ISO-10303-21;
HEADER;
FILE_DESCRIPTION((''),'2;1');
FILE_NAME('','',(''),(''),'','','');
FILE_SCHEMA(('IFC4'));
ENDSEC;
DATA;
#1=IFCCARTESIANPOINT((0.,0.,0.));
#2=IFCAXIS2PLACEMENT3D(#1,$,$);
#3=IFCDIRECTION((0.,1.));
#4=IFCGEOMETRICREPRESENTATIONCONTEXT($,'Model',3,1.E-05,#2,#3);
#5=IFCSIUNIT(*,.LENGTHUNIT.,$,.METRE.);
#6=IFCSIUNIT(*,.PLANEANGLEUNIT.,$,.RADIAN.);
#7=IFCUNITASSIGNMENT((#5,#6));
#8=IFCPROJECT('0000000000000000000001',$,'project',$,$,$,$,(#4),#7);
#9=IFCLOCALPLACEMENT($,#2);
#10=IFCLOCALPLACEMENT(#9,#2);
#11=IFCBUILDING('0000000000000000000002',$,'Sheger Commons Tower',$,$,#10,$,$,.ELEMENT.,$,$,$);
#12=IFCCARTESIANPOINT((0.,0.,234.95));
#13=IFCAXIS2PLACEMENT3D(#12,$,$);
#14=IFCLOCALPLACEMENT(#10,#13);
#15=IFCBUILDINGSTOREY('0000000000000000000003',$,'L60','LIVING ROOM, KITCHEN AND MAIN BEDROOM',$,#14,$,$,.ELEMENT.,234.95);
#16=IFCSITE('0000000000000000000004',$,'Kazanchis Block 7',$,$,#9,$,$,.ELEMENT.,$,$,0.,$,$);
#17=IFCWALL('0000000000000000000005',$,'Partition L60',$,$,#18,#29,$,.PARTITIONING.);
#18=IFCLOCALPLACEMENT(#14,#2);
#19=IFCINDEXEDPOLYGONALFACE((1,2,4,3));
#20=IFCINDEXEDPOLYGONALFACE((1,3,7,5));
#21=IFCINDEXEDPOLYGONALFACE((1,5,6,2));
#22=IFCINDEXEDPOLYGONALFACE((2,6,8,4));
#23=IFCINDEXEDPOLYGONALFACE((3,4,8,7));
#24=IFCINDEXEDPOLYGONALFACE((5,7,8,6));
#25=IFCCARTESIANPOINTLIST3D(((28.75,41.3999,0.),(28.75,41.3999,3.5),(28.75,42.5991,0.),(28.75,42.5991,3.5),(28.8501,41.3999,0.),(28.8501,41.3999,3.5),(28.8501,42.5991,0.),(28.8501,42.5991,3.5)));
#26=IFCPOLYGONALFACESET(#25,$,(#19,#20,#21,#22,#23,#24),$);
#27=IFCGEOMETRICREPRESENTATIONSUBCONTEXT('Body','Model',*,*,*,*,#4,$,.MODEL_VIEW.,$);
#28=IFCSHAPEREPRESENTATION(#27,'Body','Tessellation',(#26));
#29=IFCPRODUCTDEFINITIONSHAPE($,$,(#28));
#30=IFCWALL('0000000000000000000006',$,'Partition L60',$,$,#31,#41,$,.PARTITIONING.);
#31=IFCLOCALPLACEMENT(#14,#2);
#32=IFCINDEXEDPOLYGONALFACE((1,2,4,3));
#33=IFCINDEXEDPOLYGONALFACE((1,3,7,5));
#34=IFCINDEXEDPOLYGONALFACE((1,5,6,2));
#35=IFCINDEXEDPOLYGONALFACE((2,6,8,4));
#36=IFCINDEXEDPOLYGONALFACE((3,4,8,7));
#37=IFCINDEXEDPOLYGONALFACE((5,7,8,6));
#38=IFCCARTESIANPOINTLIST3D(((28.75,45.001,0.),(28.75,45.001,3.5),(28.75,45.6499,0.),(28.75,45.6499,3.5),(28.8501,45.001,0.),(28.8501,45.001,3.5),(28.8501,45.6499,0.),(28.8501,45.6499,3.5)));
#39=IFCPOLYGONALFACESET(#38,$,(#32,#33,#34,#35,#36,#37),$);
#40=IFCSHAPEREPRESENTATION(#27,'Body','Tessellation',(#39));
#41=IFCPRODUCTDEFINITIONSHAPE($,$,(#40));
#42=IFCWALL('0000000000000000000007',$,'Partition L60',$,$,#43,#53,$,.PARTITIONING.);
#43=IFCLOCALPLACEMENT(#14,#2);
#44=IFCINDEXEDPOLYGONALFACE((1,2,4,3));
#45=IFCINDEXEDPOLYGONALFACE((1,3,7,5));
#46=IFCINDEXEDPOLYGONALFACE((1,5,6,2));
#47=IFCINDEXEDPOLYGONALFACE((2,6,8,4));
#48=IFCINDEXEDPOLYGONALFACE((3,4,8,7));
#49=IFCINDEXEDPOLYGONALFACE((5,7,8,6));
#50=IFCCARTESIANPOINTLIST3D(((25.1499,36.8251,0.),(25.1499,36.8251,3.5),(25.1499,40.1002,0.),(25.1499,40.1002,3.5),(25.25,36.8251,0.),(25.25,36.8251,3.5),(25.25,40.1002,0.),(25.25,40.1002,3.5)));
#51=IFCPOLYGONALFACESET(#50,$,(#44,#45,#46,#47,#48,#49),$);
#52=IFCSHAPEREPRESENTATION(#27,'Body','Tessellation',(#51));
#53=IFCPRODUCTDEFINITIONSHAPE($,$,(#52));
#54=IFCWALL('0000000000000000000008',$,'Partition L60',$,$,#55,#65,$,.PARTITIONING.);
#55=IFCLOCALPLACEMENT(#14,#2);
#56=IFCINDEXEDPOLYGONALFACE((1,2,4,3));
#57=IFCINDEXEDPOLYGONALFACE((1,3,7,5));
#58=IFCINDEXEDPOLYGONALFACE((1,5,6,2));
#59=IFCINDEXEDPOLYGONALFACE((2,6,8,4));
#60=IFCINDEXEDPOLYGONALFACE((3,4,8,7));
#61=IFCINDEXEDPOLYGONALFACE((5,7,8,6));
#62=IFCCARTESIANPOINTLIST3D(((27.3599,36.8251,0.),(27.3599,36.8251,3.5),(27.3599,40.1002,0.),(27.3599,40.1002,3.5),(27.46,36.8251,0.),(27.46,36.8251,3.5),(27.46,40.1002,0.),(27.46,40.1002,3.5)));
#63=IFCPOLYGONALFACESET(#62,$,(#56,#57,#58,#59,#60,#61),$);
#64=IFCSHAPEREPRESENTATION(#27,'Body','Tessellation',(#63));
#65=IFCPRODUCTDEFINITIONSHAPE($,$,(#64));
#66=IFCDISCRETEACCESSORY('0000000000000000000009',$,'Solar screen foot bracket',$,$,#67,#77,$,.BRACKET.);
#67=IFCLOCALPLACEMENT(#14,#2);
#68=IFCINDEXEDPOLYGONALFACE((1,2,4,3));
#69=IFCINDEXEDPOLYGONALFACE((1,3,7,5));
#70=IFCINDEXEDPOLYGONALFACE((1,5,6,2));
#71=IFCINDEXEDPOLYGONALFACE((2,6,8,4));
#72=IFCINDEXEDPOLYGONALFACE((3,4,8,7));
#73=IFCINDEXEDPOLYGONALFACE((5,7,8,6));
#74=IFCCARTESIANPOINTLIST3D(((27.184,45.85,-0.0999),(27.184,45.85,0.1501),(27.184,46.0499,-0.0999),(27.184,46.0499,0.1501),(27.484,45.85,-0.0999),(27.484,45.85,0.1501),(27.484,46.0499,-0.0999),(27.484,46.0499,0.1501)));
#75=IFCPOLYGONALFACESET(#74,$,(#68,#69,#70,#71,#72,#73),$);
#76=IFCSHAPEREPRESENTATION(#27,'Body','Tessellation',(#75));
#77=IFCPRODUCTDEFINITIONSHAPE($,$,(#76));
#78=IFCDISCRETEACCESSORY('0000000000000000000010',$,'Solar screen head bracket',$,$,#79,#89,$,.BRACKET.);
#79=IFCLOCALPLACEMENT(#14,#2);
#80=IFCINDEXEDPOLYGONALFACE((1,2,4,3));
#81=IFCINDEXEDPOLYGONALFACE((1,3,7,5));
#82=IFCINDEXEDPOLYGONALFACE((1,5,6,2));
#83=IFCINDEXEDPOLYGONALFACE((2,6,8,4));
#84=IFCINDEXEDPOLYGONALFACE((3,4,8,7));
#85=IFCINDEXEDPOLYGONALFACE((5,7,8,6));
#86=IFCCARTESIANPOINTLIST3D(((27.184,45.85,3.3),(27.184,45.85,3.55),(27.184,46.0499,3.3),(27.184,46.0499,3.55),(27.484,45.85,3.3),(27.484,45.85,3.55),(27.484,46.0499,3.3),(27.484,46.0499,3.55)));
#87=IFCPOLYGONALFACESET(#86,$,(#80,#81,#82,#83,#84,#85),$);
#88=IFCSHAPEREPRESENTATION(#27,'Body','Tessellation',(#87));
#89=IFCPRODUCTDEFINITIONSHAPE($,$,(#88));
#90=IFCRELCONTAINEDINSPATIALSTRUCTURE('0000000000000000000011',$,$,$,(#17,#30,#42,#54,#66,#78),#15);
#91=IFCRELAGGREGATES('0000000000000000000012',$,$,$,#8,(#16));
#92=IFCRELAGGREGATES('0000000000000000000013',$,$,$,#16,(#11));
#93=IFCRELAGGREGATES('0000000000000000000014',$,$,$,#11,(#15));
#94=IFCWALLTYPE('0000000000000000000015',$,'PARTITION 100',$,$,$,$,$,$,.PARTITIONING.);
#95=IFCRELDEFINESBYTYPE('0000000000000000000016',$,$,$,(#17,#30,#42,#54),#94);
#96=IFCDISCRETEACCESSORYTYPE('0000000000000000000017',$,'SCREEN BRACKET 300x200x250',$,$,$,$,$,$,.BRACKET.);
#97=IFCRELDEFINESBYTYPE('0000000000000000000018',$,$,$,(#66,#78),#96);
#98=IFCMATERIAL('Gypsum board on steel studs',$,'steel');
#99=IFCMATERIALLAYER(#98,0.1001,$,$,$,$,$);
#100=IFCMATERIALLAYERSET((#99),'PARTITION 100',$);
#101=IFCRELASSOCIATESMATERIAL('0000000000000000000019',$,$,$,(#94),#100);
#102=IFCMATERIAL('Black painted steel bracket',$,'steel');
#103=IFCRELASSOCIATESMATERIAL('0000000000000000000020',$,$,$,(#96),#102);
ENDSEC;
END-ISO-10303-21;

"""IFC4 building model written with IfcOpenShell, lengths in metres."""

from ifc_helpers import new_model, si_unit, direction, frame, frame_2d, origin, origin_2d, place, context, subcontext, project, spatial, rectangle, extrude, material, layer, layer_set, type_object, element, save


model = new_model("IFC4")

# Units and contexts
model_context = context("Model", 3, precision=1e-05, world=origin(), true_north=direction((0.0, 1.0)))
body_context = subcontext(model_context, "Body", "Model", "MODEL_VIEW")
ifc_project = project(units=[si_unit("LENGTHUNIT", "METRE"), si_unit("PLANEANGLEUNIT", "RADIAN")], contexts=[model_context])

# Site, building, storey
site_placement = place(None, origin())
site = spatial("IfcSite", under=ifc_project, at=site_placement, Name="Kazanchis Block 7", CompositionType="ELEMENT", RefElevation=0.0)
building_placement = place(site_placement, origin())
building = spatial("IfcBuilding", under=site, at=building_placement, Name="Sheger Commons Tower", CompositionType="ELEMENT")
storey_placement = place(building_placement, frame((0.0, 0.0, 234.95)))
storey = spatial("IfcBuildingStorey", under=building, at=storey_placement, Name="L60", Description="LIVING ROOM, KITCHEN AND MAIN BEDROOM", CompositionType="ELEMENT", Elevation=234.95)

# Shared definitions
ifc_material_1 = material(Name="Gypsum board on steel studs", Category="steel")
ifc_layer_1 = layer(ifc_material_1, 0.1001)
ifc_layer_set_1 = layer_set([ifc_layer_1], Name="PARTITION 100")
wall_type_1 = type_object("IfcWallType", Name="PARTITION 100", PredefinedType="PARTITIONING", material=ifc_layer_set_1)

# Walls
wall_1_placement = place(storey_placement, frame((28.8, 41.3999, 0.0), z_axis=(0.0, 0.0, 1.0), x_axis=(0.0, 1.0, 0.0)))
element("IfcWall", 1, at=wall_1_placement, inside=storey, type_object=wall_type_1, Name="Partition L60", PredefinedType="PARTITIONING", context=body_context, shape_type="SweptSolid", body=[
    extrude(rectangle(XDim=1.1992, YDim=0.1001, at=frame_2d((0.5996, 0.0))), origin(), (0.0, 0.0, 1.0), 3.5),
])
wall_2_placement = place(storey_placement, frame((28.8, 45.001, 0.0), z_axis=(0.0, 0.0, 1.0), x_axis=(0.0, 1.0, 0.0)))
element("IfcWall", 2, at=wall_2_placement, inside=storey, type_object=wall_type_1, Name="Partition L60", PredefinedType="PARTITIONING", context=body_context, shape_type="SweptSolid", body=[
    extrude(rectangle(XDim=0.6489, YDim=0.1001, at=frame_2d((0.3245, 0.0))), origin(), (0.0, 0.0, 1.0), 3.5),
])
for number, where, z_axis, x_axis, name in (
    (3, (25.2, 36.825, 0.0), (0.0, 0.0, 1.0), (0.0, 1.0, 0.0), "Partition L60"),
    (4, (27.4099, 36.825, 0.0), (0.0, 0.0, 1.0), (0.0, 1.0, 0.0), "Partition L60"),
):
    element("IfcWall", number, at=place(storey_placement, frame(where, z_axis=z_axis, x_axis=x_axis)), inside=storey, type_object=wall_type_1, Name=name, PredefinedType="PARTITIONING", context=body_context, shape_type="SweptSolid", body=[
        extrude(rectangle(XDim=3.2751, YDim=0.1001, at=frame_2d((1.6377, 0.0))), origin(), (0.0, 0.0, 1.0), 3.5),
    ])

# Discrete accessories
ifc_material_2 = material(Name="Black painted steel bracket", Category="steel")
discrete_accessory_type = type_object("IfcDiscreteAccessoryType", Name="SCREEN BRACKET 300x200x250", PredefinedType="BRACKET", material=ifc_material_2)
for number, where, z_axis, x_axis, name in (
    (5, (27.334, 45.95, -0.0999), (0.0, 0.0, 1.0), (-1.0, 0.0, 0.0), "Solar screen foot bracket"),
    (6, (27.334, 45.95, 3.3), (0.0, 0.0, 1.0), (-1.0, 0.0, 0.0), "Solar screen head bracket"),
):
    element("IfcDiscreteAccessory", number, at=place(storey_placement, frame(where, z_axis=z_axis, x_axis=x_axis)), inside=storey, type_object=discrete_accessory_type, Name=name, PredefinedType="BRACKET", context=body_context, shape_type="SweptSolid", body=[
        extrude(rectangle(XDim=0.3, YDim=0.2, at=origin_2d()), origin(), (0.0, 0.0, 1.0), 0.25),
    ])

save(model, "model.ifc")
